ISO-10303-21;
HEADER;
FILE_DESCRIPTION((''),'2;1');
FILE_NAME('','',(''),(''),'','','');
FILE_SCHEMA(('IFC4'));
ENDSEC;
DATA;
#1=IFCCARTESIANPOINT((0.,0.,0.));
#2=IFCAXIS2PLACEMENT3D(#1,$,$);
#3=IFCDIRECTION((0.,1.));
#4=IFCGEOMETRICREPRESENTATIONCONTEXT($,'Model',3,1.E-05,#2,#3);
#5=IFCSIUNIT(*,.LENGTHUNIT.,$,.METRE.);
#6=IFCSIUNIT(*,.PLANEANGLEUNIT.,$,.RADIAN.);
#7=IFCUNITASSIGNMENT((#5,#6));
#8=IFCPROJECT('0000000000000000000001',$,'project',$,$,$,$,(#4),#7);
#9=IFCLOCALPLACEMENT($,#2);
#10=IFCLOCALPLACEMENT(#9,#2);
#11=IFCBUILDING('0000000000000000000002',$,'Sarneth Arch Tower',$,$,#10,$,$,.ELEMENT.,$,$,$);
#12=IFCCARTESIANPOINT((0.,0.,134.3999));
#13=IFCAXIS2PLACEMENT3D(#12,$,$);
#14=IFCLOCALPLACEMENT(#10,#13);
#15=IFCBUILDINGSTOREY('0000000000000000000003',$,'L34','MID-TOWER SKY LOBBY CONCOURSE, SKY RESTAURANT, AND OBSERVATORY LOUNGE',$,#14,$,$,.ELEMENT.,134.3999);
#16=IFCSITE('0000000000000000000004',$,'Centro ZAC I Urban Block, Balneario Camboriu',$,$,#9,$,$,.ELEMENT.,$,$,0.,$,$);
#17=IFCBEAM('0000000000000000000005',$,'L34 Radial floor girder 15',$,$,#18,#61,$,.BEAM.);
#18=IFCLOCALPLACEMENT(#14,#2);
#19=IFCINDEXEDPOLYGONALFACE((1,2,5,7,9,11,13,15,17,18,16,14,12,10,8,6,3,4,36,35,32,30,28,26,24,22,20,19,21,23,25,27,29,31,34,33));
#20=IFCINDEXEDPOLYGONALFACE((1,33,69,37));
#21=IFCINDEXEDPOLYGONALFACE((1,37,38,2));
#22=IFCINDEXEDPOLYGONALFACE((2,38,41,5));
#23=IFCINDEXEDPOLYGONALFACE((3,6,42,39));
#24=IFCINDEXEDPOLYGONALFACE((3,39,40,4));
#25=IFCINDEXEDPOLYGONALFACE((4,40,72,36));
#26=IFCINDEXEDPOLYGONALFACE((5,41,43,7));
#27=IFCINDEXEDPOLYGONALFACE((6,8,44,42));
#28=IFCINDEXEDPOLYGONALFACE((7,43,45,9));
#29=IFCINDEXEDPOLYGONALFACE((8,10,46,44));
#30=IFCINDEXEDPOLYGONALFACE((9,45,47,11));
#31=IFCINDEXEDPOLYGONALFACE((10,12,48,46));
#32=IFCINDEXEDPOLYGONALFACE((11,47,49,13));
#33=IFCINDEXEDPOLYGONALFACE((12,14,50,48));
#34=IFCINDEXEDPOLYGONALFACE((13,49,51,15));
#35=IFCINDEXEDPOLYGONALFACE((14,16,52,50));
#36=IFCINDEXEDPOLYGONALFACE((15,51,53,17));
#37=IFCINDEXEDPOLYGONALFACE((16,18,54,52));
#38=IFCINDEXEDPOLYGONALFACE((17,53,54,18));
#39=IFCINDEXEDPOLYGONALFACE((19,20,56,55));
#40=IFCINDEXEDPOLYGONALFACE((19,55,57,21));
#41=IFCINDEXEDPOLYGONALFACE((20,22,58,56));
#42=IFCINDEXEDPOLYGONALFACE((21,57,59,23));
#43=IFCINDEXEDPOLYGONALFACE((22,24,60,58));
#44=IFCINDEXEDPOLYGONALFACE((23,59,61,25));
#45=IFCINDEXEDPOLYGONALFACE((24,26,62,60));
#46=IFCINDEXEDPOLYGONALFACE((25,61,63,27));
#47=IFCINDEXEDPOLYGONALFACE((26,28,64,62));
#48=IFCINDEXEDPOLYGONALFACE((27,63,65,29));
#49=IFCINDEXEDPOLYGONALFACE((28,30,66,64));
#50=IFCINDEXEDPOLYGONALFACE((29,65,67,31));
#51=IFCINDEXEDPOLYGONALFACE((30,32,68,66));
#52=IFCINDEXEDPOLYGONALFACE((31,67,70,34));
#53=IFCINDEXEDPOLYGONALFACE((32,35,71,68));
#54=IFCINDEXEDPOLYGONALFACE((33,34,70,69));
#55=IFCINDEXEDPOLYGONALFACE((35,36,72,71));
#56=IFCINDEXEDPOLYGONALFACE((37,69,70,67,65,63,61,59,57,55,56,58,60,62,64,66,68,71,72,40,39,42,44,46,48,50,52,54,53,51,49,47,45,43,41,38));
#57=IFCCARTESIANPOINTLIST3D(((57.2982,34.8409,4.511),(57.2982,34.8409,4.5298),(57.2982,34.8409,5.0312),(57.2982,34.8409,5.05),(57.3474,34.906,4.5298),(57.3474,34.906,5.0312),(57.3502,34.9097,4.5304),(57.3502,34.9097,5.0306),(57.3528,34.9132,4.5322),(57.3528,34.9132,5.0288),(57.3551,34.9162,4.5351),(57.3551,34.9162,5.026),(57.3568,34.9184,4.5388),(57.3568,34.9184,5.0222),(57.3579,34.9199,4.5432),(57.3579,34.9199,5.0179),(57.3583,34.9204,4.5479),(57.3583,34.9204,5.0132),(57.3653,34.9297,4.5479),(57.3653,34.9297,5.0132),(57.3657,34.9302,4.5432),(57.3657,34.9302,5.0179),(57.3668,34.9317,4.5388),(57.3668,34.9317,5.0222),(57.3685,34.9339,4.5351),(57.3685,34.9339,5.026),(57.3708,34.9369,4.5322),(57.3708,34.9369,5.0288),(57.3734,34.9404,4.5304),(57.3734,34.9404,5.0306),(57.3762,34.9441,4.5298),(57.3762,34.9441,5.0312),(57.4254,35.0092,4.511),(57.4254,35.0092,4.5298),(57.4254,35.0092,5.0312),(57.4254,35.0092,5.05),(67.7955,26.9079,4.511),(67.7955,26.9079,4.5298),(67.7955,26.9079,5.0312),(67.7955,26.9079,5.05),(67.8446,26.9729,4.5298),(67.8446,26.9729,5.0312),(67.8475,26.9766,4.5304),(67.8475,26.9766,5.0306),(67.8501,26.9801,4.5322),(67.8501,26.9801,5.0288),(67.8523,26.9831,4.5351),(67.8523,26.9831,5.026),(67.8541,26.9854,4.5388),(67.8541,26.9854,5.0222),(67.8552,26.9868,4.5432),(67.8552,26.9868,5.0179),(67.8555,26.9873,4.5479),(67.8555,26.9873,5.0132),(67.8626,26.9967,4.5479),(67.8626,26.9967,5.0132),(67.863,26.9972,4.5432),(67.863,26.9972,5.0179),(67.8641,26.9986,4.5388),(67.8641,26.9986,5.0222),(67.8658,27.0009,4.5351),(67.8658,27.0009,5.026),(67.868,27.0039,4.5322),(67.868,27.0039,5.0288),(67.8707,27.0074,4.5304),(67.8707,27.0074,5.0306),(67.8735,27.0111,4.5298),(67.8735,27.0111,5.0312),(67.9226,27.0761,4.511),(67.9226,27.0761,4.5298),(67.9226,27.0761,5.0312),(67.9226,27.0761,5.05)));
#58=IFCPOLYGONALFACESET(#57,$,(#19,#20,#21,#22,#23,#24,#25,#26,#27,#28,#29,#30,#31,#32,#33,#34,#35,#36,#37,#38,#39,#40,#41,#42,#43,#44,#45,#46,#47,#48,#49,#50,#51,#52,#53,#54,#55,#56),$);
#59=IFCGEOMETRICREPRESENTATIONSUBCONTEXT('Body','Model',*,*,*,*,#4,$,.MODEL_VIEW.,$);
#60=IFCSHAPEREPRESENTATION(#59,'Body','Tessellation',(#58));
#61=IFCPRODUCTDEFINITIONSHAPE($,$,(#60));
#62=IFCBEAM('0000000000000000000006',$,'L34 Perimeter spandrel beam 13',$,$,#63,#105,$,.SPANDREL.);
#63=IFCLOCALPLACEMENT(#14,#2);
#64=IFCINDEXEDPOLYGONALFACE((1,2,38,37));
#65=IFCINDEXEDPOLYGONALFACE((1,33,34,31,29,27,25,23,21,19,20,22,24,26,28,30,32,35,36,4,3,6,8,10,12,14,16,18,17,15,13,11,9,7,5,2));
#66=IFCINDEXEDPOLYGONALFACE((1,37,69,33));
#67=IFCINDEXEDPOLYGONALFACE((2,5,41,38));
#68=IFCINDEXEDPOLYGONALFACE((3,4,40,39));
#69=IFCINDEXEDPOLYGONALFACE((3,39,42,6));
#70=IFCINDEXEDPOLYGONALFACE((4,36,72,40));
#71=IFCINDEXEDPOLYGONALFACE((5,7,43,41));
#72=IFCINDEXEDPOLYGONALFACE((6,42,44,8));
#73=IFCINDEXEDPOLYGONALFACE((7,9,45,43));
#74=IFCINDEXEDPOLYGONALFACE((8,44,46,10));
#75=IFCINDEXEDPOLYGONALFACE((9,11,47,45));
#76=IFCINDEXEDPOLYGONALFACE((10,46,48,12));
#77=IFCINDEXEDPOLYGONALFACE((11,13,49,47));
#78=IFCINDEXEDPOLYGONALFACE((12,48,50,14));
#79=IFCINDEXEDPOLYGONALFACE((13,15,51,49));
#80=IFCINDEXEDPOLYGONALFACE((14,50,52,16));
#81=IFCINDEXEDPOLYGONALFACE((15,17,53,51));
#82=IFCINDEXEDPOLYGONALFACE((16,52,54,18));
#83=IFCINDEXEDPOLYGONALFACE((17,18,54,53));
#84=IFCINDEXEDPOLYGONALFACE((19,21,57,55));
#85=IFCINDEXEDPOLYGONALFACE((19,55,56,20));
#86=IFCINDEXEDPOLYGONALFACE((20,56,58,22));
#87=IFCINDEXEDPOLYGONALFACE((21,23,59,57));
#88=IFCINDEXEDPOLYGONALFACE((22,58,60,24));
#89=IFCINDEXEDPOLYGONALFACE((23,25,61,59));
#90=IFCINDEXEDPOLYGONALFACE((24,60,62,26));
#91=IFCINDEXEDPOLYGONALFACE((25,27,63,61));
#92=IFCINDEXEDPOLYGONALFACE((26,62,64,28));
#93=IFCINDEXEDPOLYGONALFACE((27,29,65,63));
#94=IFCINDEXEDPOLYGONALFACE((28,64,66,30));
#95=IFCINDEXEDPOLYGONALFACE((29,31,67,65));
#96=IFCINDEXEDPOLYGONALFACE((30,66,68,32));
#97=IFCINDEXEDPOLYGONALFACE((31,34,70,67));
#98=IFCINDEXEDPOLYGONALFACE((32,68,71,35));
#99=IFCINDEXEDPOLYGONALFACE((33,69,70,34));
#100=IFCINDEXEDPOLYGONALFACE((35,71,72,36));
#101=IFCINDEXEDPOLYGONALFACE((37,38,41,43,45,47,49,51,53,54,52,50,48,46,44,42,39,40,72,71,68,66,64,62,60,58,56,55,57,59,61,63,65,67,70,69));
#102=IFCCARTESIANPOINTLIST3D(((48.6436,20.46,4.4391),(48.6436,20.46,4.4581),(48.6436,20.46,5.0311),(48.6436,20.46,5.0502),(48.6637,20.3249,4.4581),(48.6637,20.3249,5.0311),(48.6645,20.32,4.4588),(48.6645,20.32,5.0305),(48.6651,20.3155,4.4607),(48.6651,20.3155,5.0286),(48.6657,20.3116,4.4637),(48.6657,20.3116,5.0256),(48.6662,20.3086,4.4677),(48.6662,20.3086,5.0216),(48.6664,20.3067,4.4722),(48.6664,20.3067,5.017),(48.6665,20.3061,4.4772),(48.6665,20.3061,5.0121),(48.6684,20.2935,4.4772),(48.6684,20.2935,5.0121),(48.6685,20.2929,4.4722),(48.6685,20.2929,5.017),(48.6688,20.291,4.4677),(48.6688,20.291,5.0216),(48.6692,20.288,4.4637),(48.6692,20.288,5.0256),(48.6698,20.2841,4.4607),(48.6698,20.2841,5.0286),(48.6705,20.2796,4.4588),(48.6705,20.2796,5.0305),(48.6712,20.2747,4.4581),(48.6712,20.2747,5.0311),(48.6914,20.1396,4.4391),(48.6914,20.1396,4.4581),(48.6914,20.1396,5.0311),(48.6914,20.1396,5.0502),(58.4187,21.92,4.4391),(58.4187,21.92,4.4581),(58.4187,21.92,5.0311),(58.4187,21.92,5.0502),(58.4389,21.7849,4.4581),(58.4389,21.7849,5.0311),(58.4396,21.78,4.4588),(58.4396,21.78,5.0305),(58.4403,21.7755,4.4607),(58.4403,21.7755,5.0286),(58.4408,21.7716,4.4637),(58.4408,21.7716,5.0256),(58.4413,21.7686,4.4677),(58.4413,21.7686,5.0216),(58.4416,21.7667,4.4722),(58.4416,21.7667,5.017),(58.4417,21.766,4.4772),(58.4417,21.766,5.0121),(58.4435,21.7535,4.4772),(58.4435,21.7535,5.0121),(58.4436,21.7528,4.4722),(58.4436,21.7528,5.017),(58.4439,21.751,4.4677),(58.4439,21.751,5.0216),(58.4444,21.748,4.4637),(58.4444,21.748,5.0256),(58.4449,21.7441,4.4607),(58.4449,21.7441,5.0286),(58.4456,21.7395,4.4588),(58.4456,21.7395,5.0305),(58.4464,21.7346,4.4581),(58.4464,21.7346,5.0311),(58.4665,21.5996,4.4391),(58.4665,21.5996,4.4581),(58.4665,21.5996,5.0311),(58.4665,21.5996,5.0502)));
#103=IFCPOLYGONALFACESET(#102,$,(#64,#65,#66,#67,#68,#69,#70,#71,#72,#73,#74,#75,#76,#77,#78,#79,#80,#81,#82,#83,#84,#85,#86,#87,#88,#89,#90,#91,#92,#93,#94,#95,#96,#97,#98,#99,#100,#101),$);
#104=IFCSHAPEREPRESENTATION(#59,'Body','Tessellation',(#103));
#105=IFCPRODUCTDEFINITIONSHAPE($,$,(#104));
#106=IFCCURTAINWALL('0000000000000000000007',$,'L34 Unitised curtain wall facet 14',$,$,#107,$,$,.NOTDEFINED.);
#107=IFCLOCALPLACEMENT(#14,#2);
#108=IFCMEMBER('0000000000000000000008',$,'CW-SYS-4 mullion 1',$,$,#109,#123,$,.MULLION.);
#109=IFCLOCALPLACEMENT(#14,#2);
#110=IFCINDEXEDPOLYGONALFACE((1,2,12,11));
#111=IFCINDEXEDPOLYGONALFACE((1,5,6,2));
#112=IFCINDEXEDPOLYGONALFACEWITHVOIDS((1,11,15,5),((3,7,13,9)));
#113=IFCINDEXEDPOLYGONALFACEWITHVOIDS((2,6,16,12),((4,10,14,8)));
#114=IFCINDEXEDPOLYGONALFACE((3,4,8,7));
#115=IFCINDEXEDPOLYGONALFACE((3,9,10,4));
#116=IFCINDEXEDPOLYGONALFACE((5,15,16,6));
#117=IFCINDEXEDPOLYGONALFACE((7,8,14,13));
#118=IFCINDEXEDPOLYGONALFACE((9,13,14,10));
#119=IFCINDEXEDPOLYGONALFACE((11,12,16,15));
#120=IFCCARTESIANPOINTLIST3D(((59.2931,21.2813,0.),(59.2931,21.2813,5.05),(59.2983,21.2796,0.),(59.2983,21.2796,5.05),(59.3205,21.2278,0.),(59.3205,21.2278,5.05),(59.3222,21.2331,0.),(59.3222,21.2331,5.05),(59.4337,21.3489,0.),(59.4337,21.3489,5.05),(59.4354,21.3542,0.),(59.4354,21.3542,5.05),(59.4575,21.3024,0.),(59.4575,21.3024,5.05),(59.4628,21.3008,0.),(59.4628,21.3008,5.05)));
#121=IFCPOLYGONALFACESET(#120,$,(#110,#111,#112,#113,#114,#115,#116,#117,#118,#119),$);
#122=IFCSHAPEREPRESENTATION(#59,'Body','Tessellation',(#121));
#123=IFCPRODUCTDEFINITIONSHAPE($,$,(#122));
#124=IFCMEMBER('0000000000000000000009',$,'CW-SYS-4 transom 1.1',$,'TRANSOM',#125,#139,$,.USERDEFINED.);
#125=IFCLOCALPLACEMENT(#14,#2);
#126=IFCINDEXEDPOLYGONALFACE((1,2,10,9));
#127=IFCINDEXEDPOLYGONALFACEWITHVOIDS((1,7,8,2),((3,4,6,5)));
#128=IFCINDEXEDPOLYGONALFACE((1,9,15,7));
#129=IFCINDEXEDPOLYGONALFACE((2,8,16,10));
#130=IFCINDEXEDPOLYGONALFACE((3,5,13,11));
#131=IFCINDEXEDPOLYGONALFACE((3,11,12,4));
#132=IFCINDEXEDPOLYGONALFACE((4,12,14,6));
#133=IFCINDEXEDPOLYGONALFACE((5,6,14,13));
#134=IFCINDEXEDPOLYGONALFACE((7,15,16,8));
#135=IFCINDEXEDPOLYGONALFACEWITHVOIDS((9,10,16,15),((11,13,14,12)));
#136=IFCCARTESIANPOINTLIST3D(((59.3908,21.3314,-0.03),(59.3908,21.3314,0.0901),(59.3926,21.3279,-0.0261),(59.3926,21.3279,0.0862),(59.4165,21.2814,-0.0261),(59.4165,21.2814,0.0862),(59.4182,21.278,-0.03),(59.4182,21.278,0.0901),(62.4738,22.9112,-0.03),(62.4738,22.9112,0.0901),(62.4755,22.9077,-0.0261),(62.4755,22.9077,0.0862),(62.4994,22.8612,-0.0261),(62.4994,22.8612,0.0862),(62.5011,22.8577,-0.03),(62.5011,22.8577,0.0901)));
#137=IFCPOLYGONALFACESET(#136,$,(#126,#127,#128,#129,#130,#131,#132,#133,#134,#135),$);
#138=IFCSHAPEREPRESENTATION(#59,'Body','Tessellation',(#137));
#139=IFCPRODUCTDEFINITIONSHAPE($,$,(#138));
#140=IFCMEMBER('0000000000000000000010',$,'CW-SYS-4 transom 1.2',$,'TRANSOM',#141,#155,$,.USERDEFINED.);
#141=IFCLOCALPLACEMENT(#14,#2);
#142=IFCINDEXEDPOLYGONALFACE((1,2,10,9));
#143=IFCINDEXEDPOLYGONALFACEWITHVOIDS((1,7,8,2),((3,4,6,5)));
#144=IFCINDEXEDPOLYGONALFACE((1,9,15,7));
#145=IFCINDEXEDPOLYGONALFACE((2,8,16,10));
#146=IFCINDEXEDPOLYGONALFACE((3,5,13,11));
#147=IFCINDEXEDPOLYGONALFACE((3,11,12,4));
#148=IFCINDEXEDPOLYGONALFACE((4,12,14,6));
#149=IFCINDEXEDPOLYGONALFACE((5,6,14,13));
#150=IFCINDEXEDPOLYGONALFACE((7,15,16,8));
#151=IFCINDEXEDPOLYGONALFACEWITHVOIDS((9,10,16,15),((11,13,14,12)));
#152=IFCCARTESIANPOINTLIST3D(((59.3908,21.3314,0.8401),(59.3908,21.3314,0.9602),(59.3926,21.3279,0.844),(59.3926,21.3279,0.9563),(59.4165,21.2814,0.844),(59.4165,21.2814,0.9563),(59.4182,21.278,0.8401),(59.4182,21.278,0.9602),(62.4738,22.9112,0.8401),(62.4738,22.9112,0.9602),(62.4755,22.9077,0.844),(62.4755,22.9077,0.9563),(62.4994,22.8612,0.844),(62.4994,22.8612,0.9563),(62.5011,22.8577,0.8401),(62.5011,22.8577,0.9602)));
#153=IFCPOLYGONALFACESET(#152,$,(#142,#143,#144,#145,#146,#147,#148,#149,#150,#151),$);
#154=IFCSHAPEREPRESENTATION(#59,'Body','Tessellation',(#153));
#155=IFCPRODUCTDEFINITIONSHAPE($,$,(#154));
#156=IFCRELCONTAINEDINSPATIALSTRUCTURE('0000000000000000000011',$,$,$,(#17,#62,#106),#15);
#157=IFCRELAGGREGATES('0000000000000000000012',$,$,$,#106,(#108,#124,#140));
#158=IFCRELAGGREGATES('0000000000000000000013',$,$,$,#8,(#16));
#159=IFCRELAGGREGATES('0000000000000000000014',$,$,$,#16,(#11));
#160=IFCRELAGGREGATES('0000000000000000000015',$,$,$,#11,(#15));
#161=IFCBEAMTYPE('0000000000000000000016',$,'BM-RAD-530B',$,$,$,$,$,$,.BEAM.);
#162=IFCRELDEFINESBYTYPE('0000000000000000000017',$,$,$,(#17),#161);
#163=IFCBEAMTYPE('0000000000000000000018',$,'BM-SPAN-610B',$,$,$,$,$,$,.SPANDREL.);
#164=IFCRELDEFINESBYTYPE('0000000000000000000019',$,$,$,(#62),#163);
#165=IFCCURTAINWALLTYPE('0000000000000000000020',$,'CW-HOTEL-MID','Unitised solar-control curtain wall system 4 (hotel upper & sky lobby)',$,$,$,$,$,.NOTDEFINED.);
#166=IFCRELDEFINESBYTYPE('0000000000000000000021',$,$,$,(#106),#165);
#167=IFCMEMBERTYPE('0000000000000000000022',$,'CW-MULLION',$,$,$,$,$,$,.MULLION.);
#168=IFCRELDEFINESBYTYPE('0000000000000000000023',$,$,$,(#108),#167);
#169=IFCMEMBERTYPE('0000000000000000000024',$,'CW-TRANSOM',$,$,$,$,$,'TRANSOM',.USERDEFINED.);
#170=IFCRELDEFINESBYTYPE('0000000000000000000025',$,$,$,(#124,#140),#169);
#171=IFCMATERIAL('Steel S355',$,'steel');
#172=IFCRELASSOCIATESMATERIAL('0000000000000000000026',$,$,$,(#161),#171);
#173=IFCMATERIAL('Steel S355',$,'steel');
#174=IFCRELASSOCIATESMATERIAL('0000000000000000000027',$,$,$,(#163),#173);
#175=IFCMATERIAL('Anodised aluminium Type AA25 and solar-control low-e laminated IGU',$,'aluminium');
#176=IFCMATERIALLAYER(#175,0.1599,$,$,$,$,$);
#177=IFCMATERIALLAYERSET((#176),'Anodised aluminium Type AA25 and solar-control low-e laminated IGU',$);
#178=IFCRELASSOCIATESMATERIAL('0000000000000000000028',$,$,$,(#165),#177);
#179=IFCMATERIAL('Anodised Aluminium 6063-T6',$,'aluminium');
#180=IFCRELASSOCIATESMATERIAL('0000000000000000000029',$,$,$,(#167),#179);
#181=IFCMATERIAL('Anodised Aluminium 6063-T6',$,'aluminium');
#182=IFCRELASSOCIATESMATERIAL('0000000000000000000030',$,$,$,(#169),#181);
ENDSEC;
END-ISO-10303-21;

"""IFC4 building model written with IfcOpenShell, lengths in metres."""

from ifc_helpers import new_model, si_unit, direction, frame, origin, origin_2d, place, context, subcontext, project, spatial, hollow_rectangle, i_section, extrude, material, layer, layer_set, material_profile, profile_set, type_object, element, aggregate, save


model = new_model("IFC4")

# Units and contexts
model_context = context("Model", 3, precision=1e-05, world=origin(), true_north=direction((0.0, 1.0)))
body_context = subcontext(model_context, "Body", "Model", "MODEL_VIEW")
ifc_project = project(units=[si_unit("LENGTHUNIT", "METRE"), si_unit("PLANEANGLEUNIT", "RADIAN")], contexts=[model_context])

# Site, building, storey
site_placement = place(None, origin())
site = spatial("IfcSite", under=ifc_project, at=site_placement, Name="Centro ZAC I Urban Block, Balneario Camboriu", CompositionType="ELEMENT", RefElevation=0.0)
building_placement = place(site_placement, origin())
building = spatial("IfcBuilding", under=site, at=building_placement, Name="Sarneth Arch Tower", CompositionType="ELEMENT")
storey_placement = place(building_placement, frame((0.0, 0.0, 134.3999)))
storey = spatial("IfcBuildingStorey", under=building, at=storey_placement, Name="L34", Description="MID-TOWER SKY LOBBY CONCOURSE, SKY RESTAURANT, AND OBSERVATORY LOUNGE", CompositionType="ELEMENT", Elevation=134.3999)

# Beams
ifc_material_1 = material(Name="Steel S355", Category="steel")
ifc_material_profile_1 = material_profile(ifc_material_1, i_section(OverallWidth=0.2109, OverallDepth=0.5391, WebThickness=0.0117, FlangeThickness=0.0188, FilletRadius=0.0181, at=origin_2d()), Name="W530x109")
ifc_profile_set_1 = profile_set([ifc_material_profile_1], Name="Steel S355")
beam_type_1 = type_object("IfcBeamType", Name="BM-RAD-530B", PredefinedType="BEAM", material=ifc_profile_set_1)
beam_1_placement = place(storey_placement, frame((57.3618, 34.925, 4.7805), z_axis=(0.797801, -0.60292, 0.0), x_axis=(0.60292, 0.797801, 0.0)))
element("IfcBeam", 1, at=beam_1_placement, inside=storey, type_object=beam_type_1, Name="L34 Radial floor girder 15", PredefinedType="BEAM", context=body_context, shape_type="SweptSolid", body=[
    extrude(i_section(OverallWidth=0.2109, OverallDepth=0.5391, WebThickness=0.0117, FlangeThickness=0.0188, FilletRadius=0.0181, at=origin_2d()), origin(), (0.0, 0.0, 1.0), 13.1577),
])
ifc_material_2 = material(Name="Steel S355", Category="steel")
ifc_material_profile_2 = material_profile(ifc_material_2, i_section(OverallWidth=0.324, OverallDepth=0.6111, WebThickness=0.0127, FlangeThickness=0.019, FilletRadius=0.019, at=origin_2d()), Name="W610x155")
ifc_profile_set_2 = profile_set([ifc_material_profile_2], Name="Steel S355")
beam_type_2 = type_object("IfcBeamType", Name="BM-SPAN-610B", PredefinedType="SPANDREL", material=ifc_profile_set_2)
beam_2_placement = place(storey_placement, frame((48.6675, 20.2998, 4.7446), z_axis=(0.98903, 0.147716, 0.0), x_axis=(-0.147716, 0.98903, 0.0)))
element("IfcBeam", 2, at=beam_2_placement, inside=storey, type_object=beam_type_2, Name="L34 Perimeter spandrel beam 13", PredefinedType="SPANDREL", context=body_context, shape_type="SweptSolid", body=[
    extrude(i_section(OverallWidth=0.324, OverallDepth=0.6111, WebThickness=0.0127, FlangeThickness=0.019, FilletRadius=0.019, at=origin_2d()), origin(), (0.0, 0.0, 1.0), 9.8835),
])

# Curtain wall, members
ifc_material_3 = material(Name="Anodised aluminium Type AA25 and solar-control low-e laminated IGU", Category="aluminium")
ifc_layer_1 = layer(ifc_material_3, 0.1599)
ifc_layer_set_1 = layer_set([ifc_layer_1], Name="Anodised aluminium Type AA25 and solar-control low-e laminated IGU")
curtain_wall_type = type_object("IfcCurtainWallType", Name="CW-HOTEL-MID", Description="Unitised solar-control curtain wall system 4 (hotel upper & sky lobby)", PredefinedType="NOTDEFINED", material=ifc_layer_set_1)
curtain_wall_placement = place(storey_placement, origin())
curtain_wall = element("IfcCurtainWall", 3, at=curtain_wall_placement, inside=storey, type_object=curtain_wall_type, Name="L34 Unitised curtain wall facet 14", PredefinedType="NOTDEFINED")
ifc_material_4 = material(Name="Anodised Aluminium 6063-T6", Category="aluminium")
ifc_material_profile_3 = material_profile(ifc_material_4, hollow_rectangle(XDim=0.0601, YDim=0.1599, WallThickness=0.0039, at=origin_2d()), Name="AL-MULL-160x60x4")
ifc_profile_set_3 = profile_set([ifc_material_profile_3], Name="Anodised Aluminium 6063-T6")
member_type_1 = type_object("IfcMemberType", Name="CW-MULLION", PredefinedType="MULLION", material=ifc_profile_set_3)
member_1_placement = place(storey_placement, frame((59.3779, 21.291, 0.0), z_axis=(0.0, 0.0, 1.0), x_axis=(-0.456031, 0.889964, 0.0)))
member_1 = element("IfcMember", 4, at=member_1_placement, type_object=member_type_1, Name="CW-SYS-4 mullion 1", PredefinedType="MULLION", context=body_context, shape_type="SweptSolid", body=[
    extrude(hollow_rectangle(XDim=0.0601, YDim=0.1599, WallThickness=0.0039, at=origin_2d()), origin(), (0.0, 0.0, 1.0), 5.05),
])
ifc_material_5 = material(Name="Anodised Aluminium 6063-T6", Category="aluminium")
ifc_material_profile_4 = material_profile(ifc_material_5, hollow_rectangle(XDim=0.0601, YDim=0.1201, WallThickness=0.0039, at=origin_2d()), Name="AL-TRAN-120x60x4")
ifc_profile_set_4 = profile_set([ifc_material_profile_4], Name="Anodised Aluminium 6063-T6")
member_type_2 = type_object("IfcMemberType", Name="CW-TRANSOM", ElementType="TRANSOM", PredefinedType="USERDEFINED", material=ifc_profile_set_4)
member_2_placement = place(storey_placement, frame((59.4045, 21.3047, 0.03), z_axis=(0.889958, 0.456043, 0.0), x_axis=(-0.456043, 0.889958, 0.0)))
member_2 = element("IfcMember", 5, at=member_2_placement, type_object=member_type_2, Name="CW-SYS-4 transom 1.1", ObjectType="TRANSOM", PredefinedType="USERDEFINED", context=body_context, shape_type="SweptSolid", body=[
    extrude(hollow_rectangle(XDim=0.0601, YDim=0.1201, WallThickness=0.0039, at=origin_2d()), origin(), (0.0, 0.0, 1.0), 3.4641),
])
member_3_placement = place(storey_placement, frame((59.4045, 21.3047, 0.9001), z_axis=(0.889958, 0.456043, 0.0), x_axis=(-0.456043, 0.889958, 0.0)))
member_3 = element("IfcMember", 6, at=member_3_placement, type_object=member_type_2, Name="CW-SYS-4 transom 1.2", ObjectType="TRANSOM", PredefinedType="USERDEFINED", context=body_context, shape_type="SweptSolid", body=[
    extrude(hollow_rectangle(XDim=0.0601, YDim=0.1201, WallThickness=0.0039, at=origin_2d()), origin(), (0.0, 0.0, 1.0), 3.4641),
])
aggregate(curtain_wall, [member_1, member_2, member_3])

save(model, "model.ifc")
